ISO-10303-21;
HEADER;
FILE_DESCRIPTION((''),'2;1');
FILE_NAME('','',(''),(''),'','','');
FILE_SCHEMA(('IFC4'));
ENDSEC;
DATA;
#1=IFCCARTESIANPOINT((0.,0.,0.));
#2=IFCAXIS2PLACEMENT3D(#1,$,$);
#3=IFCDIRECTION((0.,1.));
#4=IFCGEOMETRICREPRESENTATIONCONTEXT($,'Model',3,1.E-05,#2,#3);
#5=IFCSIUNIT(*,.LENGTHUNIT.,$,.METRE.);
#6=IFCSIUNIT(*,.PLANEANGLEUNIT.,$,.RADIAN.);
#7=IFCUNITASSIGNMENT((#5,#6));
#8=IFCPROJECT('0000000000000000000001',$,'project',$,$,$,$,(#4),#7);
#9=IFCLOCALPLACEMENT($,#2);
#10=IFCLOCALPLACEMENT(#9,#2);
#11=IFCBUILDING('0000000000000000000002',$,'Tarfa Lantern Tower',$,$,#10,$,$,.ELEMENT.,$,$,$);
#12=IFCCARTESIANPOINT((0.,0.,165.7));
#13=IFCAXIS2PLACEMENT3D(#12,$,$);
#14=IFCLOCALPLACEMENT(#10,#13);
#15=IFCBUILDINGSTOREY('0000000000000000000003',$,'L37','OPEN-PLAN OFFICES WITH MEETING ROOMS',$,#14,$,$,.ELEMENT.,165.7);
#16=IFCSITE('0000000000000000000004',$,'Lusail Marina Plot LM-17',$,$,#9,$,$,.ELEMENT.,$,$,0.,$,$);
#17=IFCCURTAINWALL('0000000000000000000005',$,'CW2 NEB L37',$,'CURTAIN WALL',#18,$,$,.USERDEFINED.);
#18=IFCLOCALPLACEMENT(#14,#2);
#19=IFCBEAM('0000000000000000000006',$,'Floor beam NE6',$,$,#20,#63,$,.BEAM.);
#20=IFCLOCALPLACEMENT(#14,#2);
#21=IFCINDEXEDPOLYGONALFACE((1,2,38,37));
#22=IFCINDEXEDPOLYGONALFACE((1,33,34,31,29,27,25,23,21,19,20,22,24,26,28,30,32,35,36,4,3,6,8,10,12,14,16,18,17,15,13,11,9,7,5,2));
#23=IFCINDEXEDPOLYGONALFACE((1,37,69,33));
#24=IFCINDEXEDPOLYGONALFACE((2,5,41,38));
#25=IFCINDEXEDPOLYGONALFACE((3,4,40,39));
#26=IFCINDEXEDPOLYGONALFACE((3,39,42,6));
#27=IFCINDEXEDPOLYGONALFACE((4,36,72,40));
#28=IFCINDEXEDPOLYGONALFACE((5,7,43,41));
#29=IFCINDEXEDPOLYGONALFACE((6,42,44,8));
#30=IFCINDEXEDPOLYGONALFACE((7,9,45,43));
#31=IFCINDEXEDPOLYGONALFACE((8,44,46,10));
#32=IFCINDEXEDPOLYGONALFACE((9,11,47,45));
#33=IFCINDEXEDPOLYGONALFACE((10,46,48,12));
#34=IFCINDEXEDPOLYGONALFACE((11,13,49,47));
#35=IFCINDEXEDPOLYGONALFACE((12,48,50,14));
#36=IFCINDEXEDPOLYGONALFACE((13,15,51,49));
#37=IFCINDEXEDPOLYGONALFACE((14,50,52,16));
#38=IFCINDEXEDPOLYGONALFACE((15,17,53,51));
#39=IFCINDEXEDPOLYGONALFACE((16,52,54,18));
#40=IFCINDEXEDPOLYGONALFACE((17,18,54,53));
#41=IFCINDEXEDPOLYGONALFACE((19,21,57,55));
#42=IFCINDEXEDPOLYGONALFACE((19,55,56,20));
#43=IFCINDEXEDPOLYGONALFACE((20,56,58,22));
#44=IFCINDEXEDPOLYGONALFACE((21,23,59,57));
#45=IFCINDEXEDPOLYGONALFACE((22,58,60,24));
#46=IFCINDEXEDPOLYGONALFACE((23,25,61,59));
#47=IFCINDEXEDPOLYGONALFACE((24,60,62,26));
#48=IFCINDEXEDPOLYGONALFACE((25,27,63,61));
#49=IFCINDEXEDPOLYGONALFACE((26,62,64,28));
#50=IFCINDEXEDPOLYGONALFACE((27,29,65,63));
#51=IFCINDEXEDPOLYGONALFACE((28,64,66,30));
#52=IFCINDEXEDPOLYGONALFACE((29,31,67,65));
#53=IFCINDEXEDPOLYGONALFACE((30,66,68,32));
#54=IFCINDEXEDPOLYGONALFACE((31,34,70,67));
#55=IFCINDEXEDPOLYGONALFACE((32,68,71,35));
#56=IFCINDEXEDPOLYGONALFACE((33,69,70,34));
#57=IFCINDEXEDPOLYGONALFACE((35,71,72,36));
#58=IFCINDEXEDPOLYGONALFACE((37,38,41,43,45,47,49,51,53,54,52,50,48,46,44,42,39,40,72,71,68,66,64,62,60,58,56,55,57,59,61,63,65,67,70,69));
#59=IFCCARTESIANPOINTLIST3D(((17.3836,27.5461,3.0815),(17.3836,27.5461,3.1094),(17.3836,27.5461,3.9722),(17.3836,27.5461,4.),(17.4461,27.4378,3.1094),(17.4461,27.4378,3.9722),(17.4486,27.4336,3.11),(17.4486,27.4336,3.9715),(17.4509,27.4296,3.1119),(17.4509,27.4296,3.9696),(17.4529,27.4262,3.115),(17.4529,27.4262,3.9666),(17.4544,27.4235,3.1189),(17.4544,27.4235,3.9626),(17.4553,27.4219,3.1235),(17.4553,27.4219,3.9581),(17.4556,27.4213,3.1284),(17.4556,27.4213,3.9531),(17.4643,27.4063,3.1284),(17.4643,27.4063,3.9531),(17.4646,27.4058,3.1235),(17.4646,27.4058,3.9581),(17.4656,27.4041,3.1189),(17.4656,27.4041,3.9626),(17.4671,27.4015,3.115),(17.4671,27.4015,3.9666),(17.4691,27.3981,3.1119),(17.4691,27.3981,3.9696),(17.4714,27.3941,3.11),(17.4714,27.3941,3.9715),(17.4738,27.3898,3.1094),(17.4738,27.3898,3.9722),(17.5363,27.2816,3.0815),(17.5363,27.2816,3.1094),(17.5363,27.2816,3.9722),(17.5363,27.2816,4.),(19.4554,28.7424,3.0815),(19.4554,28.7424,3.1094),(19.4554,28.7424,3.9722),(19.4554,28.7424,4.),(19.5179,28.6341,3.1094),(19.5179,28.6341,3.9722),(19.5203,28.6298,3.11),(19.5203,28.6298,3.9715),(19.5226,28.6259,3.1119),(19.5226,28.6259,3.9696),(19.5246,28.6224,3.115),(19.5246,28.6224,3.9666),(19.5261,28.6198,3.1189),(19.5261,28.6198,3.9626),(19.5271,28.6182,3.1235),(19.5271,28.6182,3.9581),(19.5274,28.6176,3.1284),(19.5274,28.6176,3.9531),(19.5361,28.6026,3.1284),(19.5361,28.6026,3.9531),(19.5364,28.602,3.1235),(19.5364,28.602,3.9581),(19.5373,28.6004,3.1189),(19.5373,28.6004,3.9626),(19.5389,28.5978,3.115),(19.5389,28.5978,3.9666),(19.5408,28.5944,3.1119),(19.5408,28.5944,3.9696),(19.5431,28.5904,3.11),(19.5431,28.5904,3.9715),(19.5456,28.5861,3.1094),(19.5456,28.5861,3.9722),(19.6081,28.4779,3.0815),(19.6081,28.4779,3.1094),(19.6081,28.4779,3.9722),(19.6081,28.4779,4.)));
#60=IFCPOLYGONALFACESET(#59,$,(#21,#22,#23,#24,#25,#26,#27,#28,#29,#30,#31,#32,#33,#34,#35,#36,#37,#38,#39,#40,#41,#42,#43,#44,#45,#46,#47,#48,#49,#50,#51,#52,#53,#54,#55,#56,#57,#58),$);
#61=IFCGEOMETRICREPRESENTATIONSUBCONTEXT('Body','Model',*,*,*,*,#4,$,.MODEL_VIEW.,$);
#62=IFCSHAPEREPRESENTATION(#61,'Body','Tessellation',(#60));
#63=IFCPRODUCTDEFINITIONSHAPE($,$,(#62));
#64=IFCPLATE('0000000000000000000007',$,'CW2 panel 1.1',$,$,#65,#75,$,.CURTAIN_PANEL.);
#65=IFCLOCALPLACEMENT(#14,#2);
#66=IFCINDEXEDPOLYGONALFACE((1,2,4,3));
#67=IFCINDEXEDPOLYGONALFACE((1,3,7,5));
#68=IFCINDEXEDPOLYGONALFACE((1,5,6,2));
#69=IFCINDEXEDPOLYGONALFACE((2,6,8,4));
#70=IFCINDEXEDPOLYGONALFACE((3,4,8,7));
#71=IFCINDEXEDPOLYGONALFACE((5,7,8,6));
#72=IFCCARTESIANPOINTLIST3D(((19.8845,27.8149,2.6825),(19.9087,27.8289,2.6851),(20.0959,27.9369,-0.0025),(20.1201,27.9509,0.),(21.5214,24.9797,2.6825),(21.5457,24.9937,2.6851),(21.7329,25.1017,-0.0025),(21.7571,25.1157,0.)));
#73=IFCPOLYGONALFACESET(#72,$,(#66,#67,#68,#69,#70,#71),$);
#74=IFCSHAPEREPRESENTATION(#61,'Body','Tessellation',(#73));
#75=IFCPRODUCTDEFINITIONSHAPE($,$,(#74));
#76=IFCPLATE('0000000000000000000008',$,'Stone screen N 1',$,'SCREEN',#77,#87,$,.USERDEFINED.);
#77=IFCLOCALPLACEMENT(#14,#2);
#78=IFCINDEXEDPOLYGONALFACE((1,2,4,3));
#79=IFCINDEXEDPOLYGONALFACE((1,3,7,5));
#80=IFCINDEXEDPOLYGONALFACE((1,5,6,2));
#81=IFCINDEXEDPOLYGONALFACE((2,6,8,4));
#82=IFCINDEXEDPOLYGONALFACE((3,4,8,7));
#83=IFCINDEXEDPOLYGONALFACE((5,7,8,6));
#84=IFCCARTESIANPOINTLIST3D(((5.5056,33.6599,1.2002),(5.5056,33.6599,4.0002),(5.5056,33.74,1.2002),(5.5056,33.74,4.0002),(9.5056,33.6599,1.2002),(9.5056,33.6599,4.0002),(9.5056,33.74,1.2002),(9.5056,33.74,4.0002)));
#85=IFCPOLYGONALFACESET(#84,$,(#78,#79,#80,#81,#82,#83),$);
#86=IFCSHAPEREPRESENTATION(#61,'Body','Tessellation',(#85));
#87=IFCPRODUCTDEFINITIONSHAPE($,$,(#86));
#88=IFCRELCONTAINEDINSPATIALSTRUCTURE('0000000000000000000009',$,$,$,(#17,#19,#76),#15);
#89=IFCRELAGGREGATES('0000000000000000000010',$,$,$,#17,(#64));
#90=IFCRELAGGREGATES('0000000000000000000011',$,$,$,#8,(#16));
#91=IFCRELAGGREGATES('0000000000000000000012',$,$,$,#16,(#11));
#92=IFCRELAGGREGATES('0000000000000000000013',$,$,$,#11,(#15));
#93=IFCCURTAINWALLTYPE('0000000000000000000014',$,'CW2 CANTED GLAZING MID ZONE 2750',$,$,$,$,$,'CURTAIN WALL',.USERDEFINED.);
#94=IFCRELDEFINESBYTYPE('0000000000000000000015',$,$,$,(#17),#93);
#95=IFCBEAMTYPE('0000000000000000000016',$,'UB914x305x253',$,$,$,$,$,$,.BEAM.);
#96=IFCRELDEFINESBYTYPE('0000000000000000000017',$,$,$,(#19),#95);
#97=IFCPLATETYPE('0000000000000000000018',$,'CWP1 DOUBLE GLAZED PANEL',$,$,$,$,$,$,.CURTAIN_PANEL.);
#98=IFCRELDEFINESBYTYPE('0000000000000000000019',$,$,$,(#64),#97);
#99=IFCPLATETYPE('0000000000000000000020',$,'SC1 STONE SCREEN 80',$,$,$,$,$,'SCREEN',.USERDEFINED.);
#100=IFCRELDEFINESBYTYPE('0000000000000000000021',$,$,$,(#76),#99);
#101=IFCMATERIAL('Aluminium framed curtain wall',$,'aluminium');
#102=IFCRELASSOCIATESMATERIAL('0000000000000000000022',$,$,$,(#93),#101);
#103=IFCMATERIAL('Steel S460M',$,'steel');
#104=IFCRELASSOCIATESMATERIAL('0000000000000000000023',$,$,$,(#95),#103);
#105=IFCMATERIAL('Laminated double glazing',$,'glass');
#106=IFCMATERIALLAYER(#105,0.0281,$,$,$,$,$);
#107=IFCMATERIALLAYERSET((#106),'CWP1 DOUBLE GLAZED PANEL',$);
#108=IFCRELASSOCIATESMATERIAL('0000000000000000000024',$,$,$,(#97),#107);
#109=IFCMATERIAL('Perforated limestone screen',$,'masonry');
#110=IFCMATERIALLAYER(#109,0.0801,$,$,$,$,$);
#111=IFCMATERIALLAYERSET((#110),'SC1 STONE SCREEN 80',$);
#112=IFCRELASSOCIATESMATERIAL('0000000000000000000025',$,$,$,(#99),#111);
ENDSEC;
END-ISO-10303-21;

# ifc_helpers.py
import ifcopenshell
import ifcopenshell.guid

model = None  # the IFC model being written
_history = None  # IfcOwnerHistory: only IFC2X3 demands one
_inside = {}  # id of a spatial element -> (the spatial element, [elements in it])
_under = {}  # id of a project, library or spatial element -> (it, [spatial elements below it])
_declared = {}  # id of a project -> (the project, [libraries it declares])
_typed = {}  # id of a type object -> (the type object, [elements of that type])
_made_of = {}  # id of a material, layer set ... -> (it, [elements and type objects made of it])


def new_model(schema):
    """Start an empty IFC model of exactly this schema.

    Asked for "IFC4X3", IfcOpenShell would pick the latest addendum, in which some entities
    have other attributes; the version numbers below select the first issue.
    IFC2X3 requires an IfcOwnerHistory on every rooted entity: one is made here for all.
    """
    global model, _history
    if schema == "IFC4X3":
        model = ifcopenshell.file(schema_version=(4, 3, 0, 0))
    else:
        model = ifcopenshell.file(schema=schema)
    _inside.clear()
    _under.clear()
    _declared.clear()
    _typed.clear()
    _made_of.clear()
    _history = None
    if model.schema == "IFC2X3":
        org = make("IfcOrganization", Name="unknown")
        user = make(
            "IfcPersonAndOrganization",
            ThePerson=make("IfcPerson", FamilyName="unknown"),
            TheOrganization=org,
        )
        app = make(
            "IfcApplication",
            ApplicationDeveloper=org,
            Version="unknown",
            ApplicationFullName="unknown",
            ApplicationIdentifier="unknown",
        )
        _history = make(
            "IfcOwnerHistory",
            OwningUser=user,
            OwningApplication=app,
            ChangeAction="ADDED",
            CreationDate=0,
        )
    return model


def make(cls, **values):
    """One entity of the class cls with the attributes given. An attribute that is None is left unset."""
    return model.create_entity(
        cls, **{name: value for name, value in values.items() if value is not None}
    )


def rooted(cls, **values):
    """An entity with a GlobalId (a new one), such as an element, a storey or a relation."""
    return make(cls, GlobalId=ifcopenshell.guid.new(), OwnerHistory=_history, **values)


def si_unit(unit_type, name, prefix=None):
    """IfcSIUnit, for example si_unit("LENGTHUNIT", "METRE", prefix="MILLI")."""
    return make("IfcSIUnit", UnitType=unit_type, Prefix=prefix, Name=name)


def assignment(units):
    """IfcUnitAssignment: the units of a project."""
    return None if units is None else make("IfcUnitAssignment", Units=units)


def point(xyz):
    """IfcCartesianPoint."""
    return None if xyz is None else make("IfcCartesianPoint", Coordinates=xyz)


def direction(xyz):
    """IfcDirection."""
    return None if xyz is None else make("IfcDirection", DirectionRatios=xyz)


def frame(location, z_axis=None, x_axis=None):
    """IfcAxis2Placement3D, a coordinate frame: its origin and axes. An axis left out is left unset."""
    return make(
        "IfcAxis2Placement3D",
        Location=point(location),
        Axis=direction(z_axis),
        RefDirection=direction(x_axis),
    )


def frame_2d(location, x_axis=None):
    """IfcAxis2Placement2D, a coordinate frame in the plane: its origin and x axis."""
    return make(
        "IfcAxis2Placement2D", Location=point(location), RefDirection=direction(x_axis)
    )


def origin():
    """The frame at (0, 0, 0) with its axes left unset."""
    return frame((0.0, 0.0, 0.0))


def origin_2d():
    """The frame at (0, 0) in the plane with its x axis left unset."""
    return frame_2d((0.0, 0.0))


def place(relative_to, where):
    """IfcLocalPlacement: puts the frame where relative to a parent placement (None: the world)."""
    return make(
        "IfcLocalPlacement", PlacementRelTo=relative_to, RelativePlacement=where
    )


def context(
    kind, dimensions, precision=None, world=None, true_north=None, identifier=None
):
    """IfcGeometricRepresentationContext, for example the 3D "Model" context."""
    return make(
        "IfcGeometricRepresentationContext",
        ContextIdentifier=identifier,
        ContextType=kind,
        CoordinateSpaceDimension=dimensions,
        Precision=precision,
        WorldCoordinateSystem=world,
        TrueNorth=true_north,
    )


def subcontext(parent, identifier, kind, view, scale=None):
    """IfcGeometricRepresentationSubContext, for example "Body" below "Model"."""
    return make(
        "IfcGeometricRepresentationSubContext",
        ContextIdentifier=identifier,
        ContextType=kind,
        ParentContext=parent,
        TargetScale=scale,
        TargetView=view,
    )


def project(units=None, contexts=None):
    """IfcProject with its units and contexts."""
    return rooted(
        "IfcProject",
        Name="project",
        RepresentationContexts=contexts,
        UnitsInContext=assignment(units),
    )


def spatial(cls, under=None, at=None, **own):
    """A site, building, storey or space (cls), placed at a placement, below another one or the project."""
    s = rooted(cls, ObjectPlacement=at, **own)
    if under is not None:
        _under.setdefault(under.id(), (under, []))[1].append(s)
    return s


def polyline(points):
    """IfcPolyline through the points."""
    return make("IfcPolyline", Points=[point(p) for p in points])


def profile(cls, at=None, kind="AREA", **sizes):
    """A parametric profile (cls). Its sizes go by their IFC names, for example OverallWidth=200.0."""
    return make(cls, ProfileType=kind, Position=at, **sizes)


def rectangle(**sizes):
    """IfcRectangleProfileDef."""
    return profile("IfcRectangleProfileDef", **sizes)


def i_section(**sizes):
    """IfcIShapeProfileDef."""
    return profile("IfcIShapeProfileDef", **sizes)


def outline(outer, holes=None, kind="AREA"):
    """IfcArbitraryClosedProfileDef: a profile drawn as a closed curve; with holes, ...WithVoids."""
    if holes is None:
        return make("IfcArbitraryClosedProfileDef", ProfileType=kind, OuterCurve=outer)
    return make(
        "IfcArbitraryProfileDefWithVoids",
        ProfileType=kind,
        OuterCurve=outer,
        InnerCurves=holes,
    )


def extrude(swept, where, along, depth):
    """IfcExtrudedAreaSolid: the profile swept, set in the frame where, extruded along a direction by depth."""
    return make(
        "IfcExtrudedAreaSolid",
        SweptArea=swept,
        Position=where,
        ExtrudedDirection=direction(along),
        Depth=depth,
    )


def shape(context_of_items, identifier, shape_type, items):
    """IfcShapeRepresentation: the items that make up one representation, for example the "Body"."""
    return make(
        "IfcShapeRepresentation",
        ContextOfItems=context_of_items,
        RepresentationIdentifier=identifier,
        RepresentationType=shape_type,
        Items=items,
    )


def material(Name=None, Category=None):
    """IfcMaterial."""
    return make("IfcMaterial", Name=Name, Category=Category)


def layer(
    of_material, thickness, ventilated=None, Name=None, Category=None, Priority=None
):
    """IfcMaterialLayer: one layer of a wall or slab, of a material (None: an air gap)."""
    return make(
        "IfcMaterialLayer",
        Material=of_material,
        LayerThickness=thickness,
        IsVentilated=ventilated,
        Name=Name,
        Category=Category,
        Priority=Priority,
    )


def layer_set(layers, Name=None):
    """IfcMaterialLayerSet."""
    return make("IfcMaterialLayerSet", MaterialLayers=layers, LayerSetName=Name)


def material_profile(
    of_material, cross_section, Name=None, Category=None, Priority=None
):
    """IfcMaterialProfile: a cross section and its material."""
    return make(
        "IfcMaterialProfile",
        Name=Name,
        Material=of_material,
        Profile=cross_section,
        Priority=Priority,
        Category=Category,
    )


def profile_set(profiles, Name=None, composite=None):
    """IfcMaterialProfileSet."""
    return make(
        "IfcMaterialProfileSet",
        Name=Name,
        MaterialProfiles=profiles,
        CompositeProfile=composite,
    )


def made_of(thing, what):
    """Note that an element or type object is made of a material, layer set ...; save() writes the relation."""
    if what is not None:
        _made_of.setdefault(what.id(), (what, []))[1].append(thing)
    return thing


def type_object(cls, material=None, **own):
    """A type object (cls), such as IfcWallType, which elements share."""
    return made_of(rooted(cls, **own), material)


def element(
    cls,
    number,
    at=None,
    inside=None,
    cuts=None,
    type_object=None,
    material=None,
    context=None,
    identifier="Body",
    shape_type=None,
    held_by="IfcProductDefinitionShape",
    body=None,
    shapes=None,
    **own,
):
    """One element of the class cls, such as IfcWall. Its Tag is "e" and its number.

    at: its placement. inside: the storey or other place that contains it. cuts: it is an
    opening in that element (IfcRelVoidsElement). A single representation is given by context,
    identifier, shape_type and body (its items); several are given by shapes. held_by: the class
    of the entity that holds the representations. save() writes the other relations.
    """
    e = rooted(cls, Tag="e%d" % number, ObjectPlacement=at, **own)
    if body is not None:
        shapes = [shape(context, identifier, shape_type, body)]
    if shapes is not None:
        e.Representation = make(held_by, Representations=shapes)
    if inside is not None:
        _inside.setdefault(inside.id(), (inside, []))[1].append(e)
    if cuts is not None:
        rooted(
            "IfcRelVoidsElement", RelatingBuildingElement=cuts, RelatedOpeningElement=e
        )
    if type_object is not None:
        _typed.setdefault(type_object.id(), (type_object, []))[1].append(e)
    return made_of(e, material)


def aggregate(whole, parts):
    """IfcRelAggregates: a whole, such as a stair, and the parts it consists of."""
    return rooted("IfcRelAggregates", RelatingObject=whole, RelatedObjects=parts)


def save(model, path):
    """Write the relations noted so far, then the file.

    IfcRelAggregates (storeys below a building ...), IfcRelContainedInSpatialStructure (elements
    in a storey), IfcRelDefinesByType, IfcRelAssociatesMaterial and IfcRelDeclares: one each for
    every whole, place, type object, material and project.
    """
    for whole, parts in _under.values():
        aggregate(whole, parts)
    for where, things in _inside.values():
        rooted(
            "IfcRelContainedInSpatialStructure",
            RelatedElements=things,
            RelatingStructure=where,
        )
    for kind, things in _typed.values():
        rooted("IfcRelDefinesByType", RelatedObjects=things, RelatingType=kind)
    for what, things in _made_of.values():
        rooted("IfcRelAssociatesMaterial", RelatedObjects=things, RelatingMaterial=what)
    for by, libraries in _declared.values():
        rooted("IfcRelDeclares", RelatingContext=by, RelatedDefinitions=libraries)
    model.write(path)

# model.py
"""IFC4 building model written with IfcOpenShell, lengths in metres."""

from ifc_helpers import new_model, si_unit, direction, frame, origin, origin_2d, place, context, subcontext, project, spatial, polyline, rectangle, i_section, outline, extrude, material, layer, layer_set, material_profile, profile_set, type_object, element, aggregate, save


model = new_model("IFC4")

# Units and contexts
model_context = context("Model", 3, precision=1e-05, world=origin(), true_north=direction((0.0, 1.0)))
body_context = subcontext(model_context, "Body", "Model", "MODEL_VIEW")
ifc_project = project(units=[si_unit("LENGTHUNIT", "METRE"), si_unit("PLANEANGLEUNIT", "RADIAN")], contexts=[model_context])

# Site, building, storey
site_placement = place(None, origin())
site = spatial("IfcSite", under=ifc_project, at=site_placement, Name="Lusail Marina Plot LM-17", CompositionType="ELEMENT", RefElevation=0.0)
building_placement = place(site_placement, origin())
building = spatial("IfcBuilding", under=site, at=building_placement, Name="Tarfa Lantern Tower", CompositionType="ELEMENT")
storey_placement = place(building_placement, frame((0.0, 0.0, 165.7)))
storey = spatial("IfcBuildingStorey", under=building, at=storey_placement, Name="L37", Description="OPEN-PLAN OFFICES WITH MEETING ROOMS", CompositionType="ELEMENT", Elevation=165.7)

# Shared definitions
ifc_material_1 = material(Name="Aluminium framed curtain wall", Category="aluminium")
curtain_wall_type = type_object("IfcCurtainWallType", Name="CW2 CANTED GLAZING MID ZONE 2750", ElementType="CURTAIN WALL", PredefinedType="USERDEFINED", material=ifc_material_1)

# Curtain wall
curtain_wall_1_placement = place(storey_placement, origin())
curtain_wall_1 = element("IfcCurtainWall", 1, at=curtain_wall_1_placement, inside=storey, type_object=curtain_wall_type, Name="CW2 NEB L37", ObjectType="CURTAIN WALL", PredefinedType="USERDEFINED")

# Beam
ifc_material_2 = material(Name="Steel S460M", Category="steel")
ifc_material_profile_1 = material_profile(ifc_material_2, i_section(OverallWidth=0.3054, OverallDepth=0.9185, WebThickness=0.0173, FlangeThickness=0.0278, FilletRadius=0.019, at=origin_2d()), Name="UB914x305x253")
ifc_profile_set_1 = profile_set([ifc_material_profile_1], Name="Steel S460M")
beam_type_1 = type_object("IfcBeamType", Name="UB914x305x253", PredefinedType="BEAM", material=ifc_profile_set_1)
beam_1_placement = place(storey_placement, frame((19.5317, 28.6101, 3.5408), z_axis=(-0.865999, -0.500046, 0.0), x_axis=(0.500046, -0.865999, 0.0)))
element("IfcBeam", 2, at=beam_1_placement, inside=storey, type_object=beam_type_1, Name="Floor beam NE6", PredefinedType="BEAM", context=body_context, shape_type="SweptSolid", body=[
    extrude(i_section(OverallWidth=0.3054, OverallDepth=0.9185, WebThickness=0.0173, FlangeThickness=0.0278, FilletRadius=0.019, at=origin_2d()), origin(), (0.0, 0.0, 1.0), 2.3923),
])

# Plates
ifc_material_3 = material(Name="Laminated double glazing", Category="glass")
ifc_layer_1 = layer(ifc_material_3, 0.0281)
ifc_layer_set_1 = layer_set([ifc_layer_1], Name="CWP1 DOUBLE GLAZED PANEL")
plate_type_1 = type_object("IfcPlateType", Name="CWP1 DOUBLE GLAZED PANEL", PredefinedType="CURTAIN_PANEL", material=ifc_layer_set_1)
plate_1_placement = place(storey_placement, frame((21.7571, 25.1157, 0.0), z_axis=(0.86246, 0.497959, 0.09055), x_axis=(-0.500013, 0.866018, 0.0)))
plate_1 = element("IfcPlate", 3, at=plate_1_placement, type_object=plate_type_1, Name="CW2 panel 1.1", PredefinedType="CURTAIN_PANEL", context=body_context, shape_type="SweptSolid", body=[
    extrude(outline(polyline([(0.0, 0.0), (3.2738, 0.0), (3.2738, 2.6961), (0.0, 2.6961), (0.0, 0.0)])), origin(), (0.0, 0.0, -1.0), 0.0281),
])
aggregate(curtain_wall_1, [plate_1])
ifc_material_4 = material(Name="Perforated limestone screen", Category="masonry")
ifc_layer_2 = layer(ifc_material_4, 0.0801)
ifc_layer_set_2 = layer_set([ifc_layer_2], Name="SC1 STONE SCREEN 80")
plate_type_2 = type_object("IfcPlateType", Name="SC1 STONE SCREEN 80", ElementType="SCREEN", PredefinedType="USERDEFINED", material=ifc_layer_set_2)
plate_2_placement = place(storey_placement, frame((7.5056, 33.7, 1.2002), z_axis=(0.0, 0.0, 1.0), x_axis=(-1.0, 0.0, 0.0)))
element("IfcPlate", 4, at=plate_2_placement, inside=storey, type_object=plate_type_2, Name="Stone screen N 1", ObjectType="SCREEN", PredefinedType="USERDEFINED", context=body_context, shape_type="SweptSolid", body=[
    extrude(rectangle(XDim=4.0, YDim=0.0801, at=origin_2d()), origin(), (0.0, 0.0, 1.0), 2.8),
])

save(model, "model.ifc")
